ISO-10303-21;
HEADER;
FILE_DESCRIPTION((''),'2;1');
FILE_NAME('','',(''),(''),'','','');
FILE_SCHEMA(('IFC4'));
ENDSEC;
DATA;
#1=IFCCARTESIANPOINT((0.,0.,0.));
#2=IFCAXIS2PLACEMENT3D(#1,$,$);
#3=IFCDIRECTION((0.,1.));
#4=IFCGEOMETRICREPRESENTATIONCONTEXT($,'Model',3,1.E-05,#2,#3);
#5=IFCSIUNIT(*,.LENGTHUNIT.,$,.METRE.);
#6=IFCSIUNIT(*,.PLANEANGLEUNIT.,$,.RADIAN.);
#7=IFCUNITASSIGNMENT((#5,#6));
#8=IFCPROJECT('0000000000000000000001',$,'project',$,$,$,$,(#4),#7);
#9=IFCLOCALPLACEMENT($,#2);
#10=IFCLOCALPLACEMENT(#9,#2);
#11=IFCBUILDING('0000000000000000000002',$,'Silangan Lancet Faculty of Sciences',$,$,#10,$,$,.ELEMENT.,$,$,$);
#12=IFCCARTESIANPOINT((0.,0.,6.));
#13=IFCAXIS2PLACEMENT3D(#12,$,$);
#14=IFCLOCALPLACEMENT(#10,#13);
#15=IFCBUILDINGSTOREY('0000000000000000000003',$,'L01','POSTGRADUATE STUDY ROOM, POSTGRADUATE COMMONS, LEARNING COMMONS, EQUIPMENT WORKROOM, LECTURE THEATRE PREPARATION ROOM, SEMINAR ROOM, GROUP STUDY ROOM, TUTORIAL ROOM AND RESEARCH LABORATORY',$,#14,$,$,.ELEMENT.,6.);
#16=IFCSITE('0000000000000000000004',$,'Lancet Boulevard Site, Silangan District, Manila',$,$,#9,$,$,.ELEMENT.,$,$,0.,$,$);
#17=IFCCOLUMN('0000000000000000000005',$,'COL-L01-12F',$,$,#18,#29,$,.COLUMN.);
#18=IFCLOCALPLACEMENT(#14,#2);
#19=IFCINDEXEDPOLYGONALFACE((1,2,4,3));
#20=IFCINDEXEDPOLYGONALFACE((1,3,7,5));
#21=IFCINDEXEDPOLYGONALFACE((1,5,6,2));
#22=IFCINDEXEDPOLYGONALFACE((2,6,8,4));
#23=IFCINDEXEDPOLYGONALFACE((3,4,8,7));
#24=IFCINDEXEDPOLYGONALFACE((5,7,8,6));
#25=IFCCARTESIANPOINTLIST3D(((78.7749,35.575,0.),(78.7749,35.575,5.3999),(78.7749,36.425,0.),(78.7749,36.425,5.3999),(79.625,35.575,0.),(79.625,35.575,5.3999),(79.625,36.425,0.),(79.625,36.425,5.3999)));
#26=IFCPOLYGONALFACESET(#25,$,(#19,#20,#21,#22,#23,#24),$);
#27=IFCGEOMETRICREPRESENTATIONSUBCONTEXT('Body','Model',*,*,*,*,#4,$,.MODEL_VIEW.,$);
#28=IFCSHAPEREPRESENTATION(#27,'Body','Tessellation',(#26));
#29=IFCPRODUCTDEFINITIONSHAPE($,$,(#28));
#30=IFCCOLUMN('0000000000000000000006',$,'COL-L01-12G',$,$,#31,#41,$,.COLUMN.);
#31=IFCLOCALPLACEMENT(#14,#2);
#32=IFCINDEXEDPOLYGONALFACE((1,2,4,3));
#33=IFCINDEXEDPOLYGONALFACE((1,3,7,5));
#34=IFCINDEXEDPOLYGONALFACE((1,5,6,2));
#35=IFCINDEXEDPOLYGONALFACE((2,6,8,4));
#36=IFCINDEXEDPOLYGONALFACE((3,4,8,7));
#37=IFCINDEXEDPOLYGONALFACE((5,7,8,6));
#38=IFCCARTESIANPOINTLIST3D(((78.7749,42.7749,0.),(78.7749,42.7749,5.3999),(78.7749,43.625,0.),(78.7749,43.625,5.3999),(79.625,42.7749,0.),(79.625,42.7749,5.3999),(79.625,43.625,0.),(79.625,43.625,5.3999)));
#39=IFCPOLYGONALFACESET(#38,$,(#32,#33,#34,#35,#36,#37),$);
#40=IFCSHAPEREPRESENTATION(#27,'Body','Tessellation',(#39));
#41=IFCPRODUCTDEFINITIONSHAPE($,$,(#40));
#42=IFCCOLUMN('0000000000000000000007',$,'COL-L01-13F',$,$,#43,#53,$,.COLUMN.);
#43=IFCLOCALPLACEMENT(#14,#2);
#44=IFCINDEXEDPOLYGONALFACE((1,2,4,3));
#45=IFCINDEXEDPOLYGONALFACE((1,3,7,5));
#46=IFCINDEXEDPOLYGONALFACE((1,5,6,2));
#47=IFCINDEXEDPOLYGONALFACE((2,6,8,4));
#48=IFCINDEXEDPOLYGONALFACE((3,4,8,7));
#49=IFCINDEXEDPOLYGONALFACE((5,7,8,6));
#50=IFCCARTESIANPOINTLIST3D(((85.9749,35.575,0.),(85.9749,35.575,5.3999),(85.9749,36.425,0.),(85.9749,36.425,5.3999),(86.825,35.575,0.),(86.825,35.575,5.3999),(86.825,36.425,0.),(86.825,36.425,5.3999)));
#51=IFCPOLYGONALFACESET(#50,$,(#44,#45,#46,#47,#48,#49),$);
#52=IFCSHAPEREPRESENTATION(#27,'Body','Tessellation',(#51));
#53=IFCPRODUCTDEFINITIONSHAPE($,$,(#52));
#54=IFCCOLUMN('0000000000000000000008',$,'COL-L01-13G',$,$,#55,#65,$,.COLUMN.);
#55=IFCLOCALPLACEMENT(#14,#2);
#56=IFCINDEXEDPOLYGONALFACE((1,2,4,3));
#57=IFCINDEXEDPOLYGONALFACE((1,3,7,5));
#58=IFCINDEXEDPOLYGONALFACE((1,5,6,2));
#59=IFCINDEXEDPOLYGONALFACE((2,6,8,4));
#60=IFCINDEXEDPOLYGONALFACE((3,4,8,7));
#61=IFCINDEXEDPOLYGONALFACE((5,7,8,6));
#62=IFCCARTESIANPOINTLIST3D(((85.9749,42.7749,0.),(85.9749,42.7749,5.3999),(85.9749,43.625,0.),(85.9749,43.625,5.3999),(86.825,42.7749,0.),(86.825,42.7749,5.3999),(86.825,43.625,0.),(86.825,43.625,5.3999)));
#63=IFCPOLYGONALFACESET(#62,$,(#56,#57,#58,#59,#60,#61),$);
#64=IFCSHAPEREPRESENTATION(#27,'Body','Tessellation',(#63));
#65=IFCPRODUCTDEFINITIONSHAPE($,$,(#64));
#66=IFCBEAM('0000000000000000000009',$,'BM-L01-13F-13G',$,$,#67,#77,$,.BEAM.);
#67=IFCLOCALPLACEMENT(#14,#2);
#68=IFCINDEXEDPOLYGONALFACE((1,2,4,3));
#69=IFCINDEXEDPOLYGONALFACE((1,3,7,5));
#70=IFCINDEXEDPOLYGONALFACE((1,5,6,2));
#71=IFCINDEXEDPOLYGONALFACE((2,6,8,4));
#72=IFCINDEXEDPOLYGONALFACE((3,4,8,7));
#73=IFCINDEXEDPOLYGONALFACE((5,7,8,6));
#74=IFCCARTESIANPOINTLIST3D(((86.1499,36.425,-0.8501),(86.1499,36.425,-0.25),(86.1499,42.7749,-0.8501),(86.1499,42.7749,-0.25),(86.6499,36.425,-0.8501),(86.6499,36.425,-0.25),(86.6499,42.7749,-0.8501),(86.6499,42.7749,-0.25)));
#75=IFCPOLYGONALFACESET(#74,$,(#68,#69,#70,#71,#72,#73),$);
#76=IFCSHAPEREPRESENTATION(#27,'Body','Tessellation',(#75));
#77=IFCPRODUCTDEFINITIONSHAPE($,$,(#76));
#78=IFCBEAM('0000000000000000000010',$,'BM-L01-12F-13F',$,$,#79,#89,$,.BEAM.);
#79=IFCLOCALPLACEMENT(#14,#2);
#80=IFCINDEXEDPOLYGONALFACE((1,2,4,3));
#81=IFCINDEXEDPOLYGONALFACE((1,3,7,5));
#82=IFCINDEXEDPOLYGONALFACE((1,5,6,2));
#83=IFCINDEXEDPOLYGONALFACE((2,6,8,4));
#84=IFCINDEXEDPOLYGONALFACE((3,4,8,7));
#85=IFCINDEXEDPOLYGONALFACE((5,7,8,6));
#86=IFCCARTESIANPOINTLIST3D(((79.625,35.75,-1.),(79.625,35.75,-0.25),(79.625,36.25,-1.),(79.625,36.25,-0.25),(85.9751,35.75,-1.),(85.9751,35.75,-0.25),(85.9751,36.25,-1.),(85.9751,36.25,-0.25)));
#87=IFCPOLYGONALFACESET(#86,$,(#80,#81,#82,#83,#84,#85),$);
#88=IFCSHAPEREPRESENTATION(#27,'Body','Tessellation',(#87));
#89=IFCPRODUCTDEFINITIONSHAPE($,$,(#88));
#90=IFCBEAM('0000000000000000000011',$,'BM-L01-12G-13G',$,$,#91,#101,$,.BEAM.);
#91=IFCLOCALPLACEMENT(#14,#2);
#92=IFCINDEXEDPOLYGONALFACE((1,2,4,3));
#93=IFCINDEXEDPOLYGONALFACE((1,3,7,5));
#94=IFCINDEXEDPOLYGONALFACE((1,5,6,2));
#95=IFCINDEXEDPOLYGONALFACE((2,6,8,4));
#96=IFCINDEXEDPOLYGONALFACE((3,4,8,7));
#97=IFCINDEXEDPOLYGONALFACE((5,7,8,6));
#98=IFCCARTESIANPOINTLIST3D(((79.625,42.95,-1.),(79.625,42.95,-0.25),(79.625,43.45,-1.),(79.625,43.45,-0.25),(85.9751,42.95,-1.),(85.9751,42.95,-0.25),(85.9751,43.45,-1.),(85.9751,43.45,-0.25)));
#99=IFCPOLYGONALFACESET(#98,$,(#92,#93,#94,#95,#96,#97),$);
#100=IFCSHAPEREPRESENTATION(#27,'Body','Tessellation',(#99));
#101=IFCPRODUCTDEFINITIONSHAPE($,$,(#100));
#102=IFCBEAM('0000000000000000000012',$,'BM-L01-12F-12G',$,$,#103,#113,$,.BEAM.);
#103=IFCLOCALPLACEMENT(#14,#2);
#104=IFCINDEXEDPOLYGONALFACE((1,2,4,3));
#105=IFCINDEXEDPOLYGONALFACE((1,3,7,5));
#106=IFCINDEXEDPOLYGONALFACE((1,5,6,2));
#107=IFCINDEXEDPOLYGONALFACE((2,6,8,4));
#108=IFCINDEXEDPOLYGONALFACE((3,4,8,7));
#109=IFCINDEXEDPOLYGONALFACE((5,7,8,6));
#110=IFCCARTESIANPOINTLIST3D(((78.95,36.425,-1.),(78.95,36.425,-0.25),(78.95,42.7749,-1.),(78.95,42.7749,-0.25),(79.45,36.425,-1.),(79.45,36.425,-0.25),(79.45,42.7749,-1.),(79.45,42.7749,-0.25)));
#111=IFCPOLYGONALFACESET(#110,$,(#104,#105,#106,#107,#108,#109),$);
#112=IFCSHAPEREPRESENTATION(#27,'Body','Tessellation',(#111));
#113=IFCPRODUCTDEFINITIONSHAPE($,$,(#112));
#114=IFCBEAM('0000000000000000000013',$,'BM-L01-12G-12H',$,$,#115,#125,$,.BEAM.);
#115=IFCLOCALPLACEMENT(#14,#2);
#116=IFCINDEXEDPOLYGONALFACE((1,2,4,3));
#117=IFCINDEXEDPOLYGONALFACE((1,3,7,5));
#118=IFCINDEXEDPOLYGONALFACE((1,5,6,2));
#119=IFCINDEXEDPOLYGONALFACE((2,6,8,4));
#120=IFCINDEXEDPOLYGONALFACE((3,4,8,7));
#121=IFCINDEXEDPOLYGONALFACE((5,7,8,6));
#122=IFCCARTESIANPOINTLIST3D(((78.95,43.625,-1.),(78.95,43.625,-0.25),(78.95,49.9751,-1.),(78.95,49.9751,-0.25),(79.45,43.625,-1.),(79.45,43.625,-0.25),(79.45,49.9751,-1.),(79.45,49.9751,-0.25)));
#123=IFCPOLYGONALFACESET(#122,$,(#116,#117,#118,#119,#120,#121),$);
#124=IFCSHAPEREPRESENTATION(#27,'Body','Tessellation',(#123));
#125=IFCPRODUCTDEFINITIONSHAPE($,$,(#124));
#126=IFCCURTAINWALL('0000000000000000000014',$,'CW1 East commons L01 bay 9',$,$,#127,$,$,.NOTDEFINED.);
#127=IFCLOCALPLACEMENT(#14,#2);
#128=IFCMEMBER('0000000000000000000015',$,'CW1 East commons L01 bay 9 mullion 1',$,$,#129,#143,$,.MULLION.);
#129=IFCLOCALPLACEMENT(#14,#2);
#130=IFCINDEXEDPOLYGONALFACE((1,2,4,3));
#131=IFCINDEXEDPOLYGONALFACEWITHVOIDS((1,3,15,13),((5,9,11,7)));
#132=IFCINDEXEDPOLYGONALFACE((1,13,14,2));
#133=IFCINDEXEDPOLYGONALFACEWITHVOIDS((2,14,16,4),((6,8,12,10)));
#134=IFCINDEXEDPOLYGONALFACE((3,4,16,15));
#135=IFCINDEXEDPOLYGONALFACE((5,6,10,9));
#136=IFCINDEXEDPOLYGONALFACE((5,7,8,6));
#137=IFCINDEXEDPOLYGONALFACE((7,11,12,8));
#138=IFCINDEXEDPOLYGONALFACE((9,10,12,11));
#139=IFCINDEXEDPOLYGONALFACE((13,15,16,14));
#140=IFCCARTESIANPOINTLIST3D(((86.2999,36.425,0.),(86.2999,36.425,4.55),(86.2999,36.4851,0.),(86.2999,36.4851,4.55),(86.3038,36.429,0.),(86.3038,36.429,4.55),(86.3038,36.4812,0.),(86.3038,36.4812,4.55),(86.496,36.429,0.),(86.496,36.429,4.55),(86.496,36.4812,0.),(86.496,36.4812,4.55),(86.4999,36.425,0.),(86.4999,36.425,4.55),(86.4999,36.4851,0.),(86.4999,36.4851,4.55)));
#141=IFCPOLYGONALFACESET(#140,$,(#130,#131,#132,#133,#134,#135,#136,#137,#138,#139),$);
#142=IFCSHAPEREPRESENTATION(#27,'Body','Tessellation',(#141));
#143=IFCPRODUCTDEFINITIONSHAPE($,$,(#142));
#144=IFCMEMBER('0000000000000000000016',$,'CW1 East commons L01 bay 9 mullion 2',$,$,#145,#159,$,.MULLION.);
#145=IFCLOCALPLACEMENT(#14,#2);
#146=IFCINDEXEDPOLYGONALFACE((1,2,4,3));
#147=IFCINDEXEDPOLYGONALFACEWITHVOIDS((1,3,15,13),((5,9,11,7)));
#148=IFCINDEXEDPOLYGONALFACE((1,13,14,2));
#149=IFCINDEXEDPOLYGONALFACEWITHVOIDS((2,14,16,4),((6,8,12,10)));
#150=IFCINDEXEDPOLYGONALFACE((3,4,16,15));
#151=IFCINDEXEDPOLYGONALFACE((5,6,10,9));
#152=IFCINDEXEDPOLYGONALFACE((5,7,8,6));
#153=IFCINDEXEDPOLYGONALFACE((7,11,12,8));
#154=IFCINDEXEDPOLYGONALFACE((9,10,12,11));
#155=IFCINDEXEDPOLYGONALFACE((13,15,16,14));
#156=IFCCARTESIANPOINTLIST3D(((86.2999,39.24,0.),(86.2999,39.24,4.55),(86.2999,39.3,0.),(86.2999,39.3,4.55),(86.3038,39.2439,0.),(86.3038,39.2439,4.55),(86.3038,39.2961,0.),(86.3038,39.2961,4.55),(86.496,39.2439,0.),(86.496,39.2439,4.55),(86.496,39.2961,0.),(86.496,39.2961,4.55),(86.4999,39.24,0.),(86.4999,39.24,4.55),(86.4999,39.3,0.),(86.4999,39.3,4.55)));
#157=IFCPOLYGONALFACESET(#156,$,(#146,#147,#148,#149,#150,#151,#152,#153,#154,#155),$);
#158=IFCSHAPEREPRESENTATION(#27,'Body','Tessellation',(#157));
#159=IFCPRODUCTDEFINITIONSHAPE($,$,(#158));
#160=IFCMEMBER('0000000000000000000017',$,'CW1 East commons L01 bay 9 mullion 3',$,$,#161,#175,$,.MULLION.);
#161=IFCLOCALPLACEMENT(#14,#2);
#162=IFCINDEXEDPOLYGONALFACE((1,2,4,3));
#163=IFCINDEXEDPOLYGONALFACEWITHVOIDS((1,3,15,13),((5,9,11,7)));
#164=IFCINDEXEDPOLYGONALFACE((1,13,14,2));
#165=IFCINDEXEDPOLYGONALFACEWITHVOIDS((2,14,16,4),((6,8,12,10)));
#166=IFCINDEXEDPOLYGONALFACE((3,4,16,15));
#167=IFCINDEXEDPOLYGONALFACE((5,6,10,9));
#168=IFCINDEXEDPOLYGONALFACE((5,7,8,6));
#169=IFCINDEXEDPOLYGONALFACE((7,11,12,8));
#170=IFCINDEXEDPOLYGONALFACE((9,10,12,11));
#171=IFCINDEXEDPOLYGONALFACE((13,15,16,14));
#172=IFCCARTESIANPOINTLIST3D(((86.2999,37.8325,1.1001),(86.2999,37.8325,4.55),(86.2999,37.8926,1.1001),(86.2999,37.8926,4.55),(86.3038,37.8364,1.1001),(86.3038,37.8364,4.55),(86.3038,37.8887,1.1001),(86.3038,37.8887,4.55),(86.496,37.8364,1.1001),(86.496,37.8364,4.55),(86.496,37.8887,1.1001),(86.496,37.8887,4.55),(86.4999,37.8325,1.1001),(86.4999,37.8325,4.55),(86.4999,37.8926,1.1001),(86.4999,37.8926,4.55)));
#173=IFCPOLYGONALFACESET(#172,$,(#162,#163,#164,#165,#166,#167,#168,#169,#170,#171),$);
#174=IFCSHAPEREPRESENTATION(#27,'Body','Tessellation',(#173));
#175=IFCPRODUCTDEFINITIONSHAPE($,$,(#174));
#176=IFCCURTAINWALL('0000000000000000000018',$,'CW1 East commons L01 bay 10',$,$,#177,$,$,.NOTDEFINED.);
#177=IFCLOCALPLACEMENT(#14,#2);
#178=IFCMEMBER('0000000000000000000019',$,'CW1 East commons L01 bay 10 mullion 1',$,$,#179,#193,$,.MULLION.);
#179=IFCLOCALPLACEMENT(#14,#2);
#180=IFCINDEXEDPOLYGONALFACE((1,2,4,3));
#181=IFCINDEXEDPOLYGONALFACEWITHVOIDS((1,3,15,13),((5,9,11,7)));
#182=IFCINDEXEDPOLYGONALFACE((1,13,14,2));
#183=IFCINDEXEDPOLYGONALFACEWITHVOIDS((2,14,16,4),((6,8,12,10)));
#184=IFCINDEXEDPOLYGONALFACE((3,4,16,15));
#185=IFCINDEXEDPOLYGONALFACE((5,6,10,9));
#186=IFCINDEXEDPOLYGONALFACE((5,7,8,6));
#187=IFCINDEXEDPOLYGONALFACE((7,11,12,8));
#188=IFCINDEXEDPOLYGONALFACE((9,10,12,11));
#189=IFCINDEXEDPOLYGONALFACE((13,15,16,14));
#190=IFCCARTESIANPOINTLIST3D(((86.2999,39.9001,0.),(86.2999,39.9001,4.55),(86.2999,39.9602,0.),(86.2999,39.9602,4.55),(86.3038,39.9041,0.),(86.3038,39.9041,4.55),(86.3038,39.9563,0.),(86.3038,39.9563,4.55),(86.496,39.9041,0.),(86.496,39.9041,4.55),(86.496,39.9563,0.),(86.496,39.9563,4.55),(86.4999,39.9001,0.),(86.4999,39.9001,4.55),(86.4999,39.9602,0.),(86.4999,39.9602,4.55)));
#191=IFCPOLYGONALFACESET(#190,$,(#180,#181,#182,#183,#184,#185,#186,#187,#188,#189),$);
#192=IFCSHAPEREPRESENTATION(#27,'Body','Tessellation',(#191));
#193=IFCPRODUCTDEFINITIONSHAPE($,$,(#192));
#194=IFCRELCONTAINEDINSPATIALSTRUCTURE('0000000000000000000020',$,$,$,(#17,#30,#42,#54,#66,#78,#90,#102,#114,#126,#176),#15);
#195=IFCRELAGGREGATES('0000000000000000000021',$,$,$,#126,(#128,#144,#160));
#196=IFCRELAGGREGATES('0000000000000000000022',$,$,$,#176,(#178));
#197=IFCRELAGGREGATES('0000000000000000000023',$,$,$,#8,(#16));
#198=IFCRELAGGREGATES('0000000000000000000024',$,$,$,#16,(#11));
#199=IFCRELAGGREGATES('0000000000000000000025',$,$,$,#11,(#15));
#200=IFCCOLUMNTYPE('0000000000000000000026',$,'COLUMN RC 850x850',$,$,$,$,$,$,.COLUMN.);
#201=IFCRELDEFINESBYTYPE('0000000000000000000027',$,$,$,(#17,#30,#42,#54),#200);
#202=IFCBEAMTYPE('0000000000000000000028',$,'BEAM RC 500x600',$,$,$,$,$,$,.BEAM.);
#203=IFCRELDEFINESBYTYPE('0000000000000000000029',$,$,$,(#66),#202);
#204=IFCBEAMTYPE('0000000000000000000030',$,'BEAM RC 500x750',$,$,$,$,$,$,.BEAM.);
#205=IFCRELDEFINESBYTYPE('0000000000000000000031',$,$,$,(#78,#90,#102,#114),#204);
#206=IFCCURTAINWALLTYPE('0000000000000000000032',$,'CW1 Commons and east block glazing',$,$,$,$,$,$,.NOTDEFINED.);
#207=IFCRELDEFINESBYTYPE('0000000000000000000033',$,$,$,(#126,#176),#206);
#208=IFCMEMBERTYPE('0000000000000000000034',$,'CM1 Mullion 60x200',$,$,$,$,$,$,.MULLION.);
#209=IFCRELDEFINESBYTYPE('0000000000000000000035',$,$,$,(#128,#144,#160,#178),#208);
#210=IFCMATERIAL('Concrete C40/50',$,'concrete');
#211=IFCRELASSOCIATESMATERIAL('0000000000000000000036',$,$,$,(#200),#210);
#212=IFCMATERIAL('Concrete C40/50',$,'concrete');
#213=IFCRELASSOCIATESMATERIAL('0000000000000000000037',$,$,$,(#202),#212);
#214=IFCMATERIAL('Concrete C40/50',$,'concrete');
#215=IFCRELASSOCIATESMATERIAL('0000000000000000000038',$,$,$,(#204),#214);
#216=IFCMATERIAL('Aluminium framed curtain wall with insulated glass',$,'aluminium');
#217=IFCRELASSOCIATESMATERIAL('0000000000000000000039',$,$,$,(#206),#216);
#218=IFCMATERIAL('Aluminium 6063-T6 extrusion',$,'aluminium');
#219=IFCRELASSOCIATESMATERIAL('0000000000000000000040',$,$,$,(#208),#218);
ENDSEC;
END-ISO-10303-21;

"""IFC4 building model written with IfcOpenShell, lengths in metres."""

from ifc_helpers import new_model, si_unit, direction, frame, origin, origin_2d, place, context, subcontext, project, spatial, rectangle, hollow_rectangle, extrude, material, material_profile, profile_set, type_object, element, aggregate, save


model = new_model("IFC4")

# Units and contexts
model_context = context("Model", 3, precision=1e-05, world=origin(), true_north=direction((0.0, 1.0)))
body_context = subcontext(model_context, "Body", "Model", "MODEL_VIEW")
ifc_project = project(units=[si_unit("LENGTHUNIT", "METRE"), si_unit("PLANEANGLEUNIT", "RADIAN")], contexts=[model_context])

# Site, building, storey
site_placement = place(None, origin())
site = spatial("IfcSite", under=ifc_project, at=site_placement, Name="Lancet Boulevard Site, Silangan District, Manila", CompositionType="ELEMENT", RefElevation=0.0)
building_placement = place(site_placement, origin())
building = spatial("IfcBuilding", under=site, at=building_placement, Name="Silangan Lancet Faculty of Sciences", CompositionType="ELEMENT")
storey_placement = place(building_placement, frame((0.0, 0.0, 6.0)))
storey = spatial("IfcBuildingStorey", under=building, at=storey_placement, Name="L01", Description="POSTGRADUATE STUDY ROOM, POSTGRADUATE COMMONS, LEARNING COMMONS, EQUIPMENT WORKROOM, LECTURE THEATRE PREPARATION ROOM, SEMINAR ROOM, GROUP STUDY ROOM, TUTORIAL ROOM AND RESEARCH LABORATORY", CompositionType="ELEMENT", Elevation=6.0)

# Columns
ifc_material_1 = material(Name="Concrete C40/50", Category="concrete")
ifc_material_profile_1 = material_profile(ifc_material_1, rectangle(XDim=0.8501, YDim=0.8501, at=origin_2d()), Name="RC 850x850")
ifc_profile_set_1 = profile_set([ifc_material_profile_1], Name="Concrete C40/50")
column_type = type_object("IfcColumnType", Name="COLUMN RC 850x850", PredefinedType="COLUMN", material=ifc_profile_set_1)
for number, where, z_axis, x_axis, name in (
    (1, (79.2, 36.0, 0.0), (0.0, 0.0, 1.0), (1.0, 0.0, 0.0), "COL-L01-12F"),
    (2, (79.2, 43.2, 0.0), (0.0, 0.0, 1.0), (1.0, 0.0, 0.0), "COL-L01-12G"),
    (3, (86.3999, 36.0, 0.0), (0.0, 0.0, 1.0), (1.0, 0.0, 0.0), "COL-L01-13F"),
    (4, (86.3999, 43.2, 0.0), (0.0, 0.0, 1.0), (1.0, 0.0, 0.0), "COL-L01-13G"),
):
    element("IfcColumn", number, at=place(storey_placement, frame(where, z_axis=z_axis, x_axis=x_axis)), inside=storey, type_object=column_type, Name=name, PredefinedType="COLUMN", context=body_context, shape_type="SweptSolid", body=[
        extrude(rectangle(XDim=0.8501, YDim=0.8501, at=origin_2d()), origin(), (0.0, 0.0, 1.0), 5.3999),
    ])

# Beams
ifc_material_2 = material(Name="Concrete C40/50", Category="concrete")
ifc_material_profile_2 = material_profile(ifc_material_2, rectangle(XDim=0.5, YDim=0.6001, at=origin_2d()), Name="RC 500x600")
ifc_profile_set_2 = profile_set([ifc_material_profile_2], Name="Concrete C40/50")
beam_type_1 = type_object("IfcBeamType", Name="BEAM RC 500x600", PredefinedType="BEAM", material=ifc_profile_set_2)
beam_1_placement = place(storey_placement, frame((86.3999, 36.425, -0.55), z_axis=(0.0, 1.0, 0.0), x_axis=(-1.0, 0.0, 0.0)))
element("IfcBeam", 5, at=beam_1_placement, inside=storey, type_object=beam_type_1, Name="BM-L01-13F-13G", PredefinedType="BEAM", context=body_context, shape_type="SweptSolid", body=[
    extrude(rectangle(XDim=0.5, YDim=0.6001, at=origin_2d()), origin(), (0.0, 0.0, 1.0), 6.3499),
])
ifc_material_3 = material(Name="Concrete C40/50", Category="concrete")
ifc_material_profile_3 = material_profile(ifc_material_3, rectangle(XDim=0.5, YDim=0.75, at=origin_2d()), Name="RC 500x750")
ifc_profile_set_3 = profile_set([ifc_material_profile_3], Name="Concrete C40/50")
beam_type_2 = type_object("IfcBeamType", Name="BEAM RC 500x750", PredefinedType="BEAM", material=ifc_profile_set_3)
for number, where, z_axis, x_axis, name in (
    (6, (79.625, 36.0, -0.625), (1.0, 0.0, 0.0), (0.0, 1.0, 0.0), "BM-L01-12F-13F"),
    (7, (79.625, 43.2, -0.625), (1.0, 0.0, 0.0), (0.0, 1.0, 0.0), "BM-L01-12G-13G"),
):
    element("IfcBeam", number, at=place(storey_placement, frame(where, z_axis=z_axis, x_axis=x_axis)), inside=storey, type_object=beam_type_2, Name=name, PredefinedType="BEAM", context=body_context, shape_type="SweptSolid", body=[
        extrude(rectangle(XDim=0.5, YDim=0.75, at=origin_2d()), origin(), (0.0, 0.0, 1.0), 6.3501),
    ])
beam_2_placement = place(storey_placement, frame((79.2, 36.425, -0.625), z_axis=(0.0, 1.0, 0.0), x_axis=(-1.0, 0.0, 0.0)))
element("IfcBeam", 8, at=beam_2_placement, inside=storey, type_object=beam_type_2, Name="BM-L01-12F-12G", PredefinedType="BEAM", context=body_context, shape_type="SweptSolid", body=[
    extrude(rectangle(XDim=0.5, YDim=0.75, at=origin_2d()), origin(), (0.0, 0.0, 1.0), 6.3499),
])
beam_3_placement = place(storey_placement, frame((79.2, 43.625, -0.625), z_axis=(0.0, 1.0, 0.0), x_axis=(-1.0, 0.0, 0.0)))
element("IfcBeam", 9, at=beam_3_placement, inside=storey, type_object=beam_type_2, Name="BM-L01-12G-12H", PredefinedType="BEAM", context=body_context, shape_type="SweptSolid", body=[
    extrude(rectangle(XDim=0.5, YDim=0.75, at=origin_2d()), origin(), (0.0, 0.0, 1.0), 6.3501),
])

# Curtain walls, members
ifc_material_4 = material(Name="Aluminium framed curtain wall with insulated glass", Category="aluminium")
curtain_wall_type = type_object("IfcCurtainWallType", Name="CW1 Commons and east block glazing", PredefinedType="NOTDEFINED", material=ifc_material_4)
curtain_wall_1_placement = place(storey_placement, origin())
curtain_wall_1 = element("IfcCurtainWall", 10, at=curtain_wall_1_placement, inside=storey, type_object=curtain_wall_type, Name="CW1 East commons L01 bay 9", PredefinedType="NOTDEFINED")
ifc_material_5 = material(Name="Aluminium 6063-T6 extrusion", Category="aluminium")
ifc_material_profile_4 = material_profile(ifc_material_5, hollow_rectangle(XDim=0.0601, YDim=0.2, WallThickness=0.0039, at=origin_2d()), Name="AL BOX 60x200x4")
ifc_profile_set_4 = profile_set([ifc_material_profile_4], Name="Aluminium 6063-T6 extrusion")
member_type_1 = type_object("IfcMemberType", Name="CM1 Mullion 60x200", PredefinedType="MULLION", material=ifc_profile_set_4)
member_1_placement = place(storey_placement, frame((86.3999, 36.4551, 0.0), z_axis=(0.0, 0.0, 1.0), x_axis=(0.0, 1.0, 0.0)))
member_1 = element("IfcMember", 11, at=member_1_placement, type_object=member_type_1, Name="CW1 East commons L01 bay 9 mullion 1", PredefinedType="MULLION", context=body_context, shape_type="SweptSolid", body=[
    extrude(hollow_rectangle(XDim=0.0601, YDim=0.2, WallThickness=0.0039, at=origin_2d()), origin(), (0.0, 0.0, 1.0), 4.55),
])
member_2_placement = place(storey_placement, frame((86.3999, 39.27, 0.0), z_axis=(0.0, 0.0, 1.0), x_axis=(0.0, 1.0, 0.0)))
member_2 = element("IfcMember", 12, at=member_2_placement, type_object=member_type_1, Name="CW1 East commons L01 bay 9 mullion 2", PredefinedType="MULLION", context=body_context, shape_type="SweptSolid", body=[
    extrude(hollow_rectangle(XDim=0.0601, YDim=0.2, WallThickness=0.0039, at=origin_2d()), origin(), (0.0, 0.0, 1.0), 4.55),
])
member_3_placement = place(storey_placement, frame((86.3999, 37.8625, 1.1001), z_axis=(0.0, 0.0, 1.0), x_axis=(0.0, 1.0, 0.0)))
member_3 = element("IfcMember", 13, at=member_3_placement, type_object=member_type_1, Name="CW1 East commons L01 bay 9 mullion 3", PredefinedType="MULLION", context=body_context, shape_type="SweptSolid", body=[
    extrude(hollow_rectangle(XDim=0.0601, YDim=0.2, WallThickness=0.0039, at=origin_2d()), origin(), (0.0, 0.0, 1.0), 3.45),
])
curtain_wall_2_placement = place(storey_placement, origin())
curtain_wall_2 = element("IfcCurtainWall", 14, at=curtain_wall_2_placement, inside=storey, type_object=curtain_wall_type, Name="CW1 East commons L01 bay 10", PredefinedType="NOTDEFINED")
member_4_placement = place(storey_placement, frame((86.3999, 39.9302, 0.0), z_axis=(0.0, 0.0, 1.0), x_axis=(0.0, 1.0, 0.0)))
member_4 = element("IfcMember", 15, at=member_4_placement, type_object=member_type_1, Name="CW1 East commons L01 bay 10 mullion 1", PredefinedType="MULLION", context=body_context, shape_type="SweptSolid", body=[
    extrude(hollow_rectangle(XDim=0.0601, YDim=0.2, WallThickness=0.0039, at=origin_2d()), origin(), (0.0, 0.0, 1.0), 4.55),
])

aggregate(curtain_wall_1, [member_1, member_2, member_3])
aggregate(curtain_wall_2, [member_4])

save(model, "model.ifc")
